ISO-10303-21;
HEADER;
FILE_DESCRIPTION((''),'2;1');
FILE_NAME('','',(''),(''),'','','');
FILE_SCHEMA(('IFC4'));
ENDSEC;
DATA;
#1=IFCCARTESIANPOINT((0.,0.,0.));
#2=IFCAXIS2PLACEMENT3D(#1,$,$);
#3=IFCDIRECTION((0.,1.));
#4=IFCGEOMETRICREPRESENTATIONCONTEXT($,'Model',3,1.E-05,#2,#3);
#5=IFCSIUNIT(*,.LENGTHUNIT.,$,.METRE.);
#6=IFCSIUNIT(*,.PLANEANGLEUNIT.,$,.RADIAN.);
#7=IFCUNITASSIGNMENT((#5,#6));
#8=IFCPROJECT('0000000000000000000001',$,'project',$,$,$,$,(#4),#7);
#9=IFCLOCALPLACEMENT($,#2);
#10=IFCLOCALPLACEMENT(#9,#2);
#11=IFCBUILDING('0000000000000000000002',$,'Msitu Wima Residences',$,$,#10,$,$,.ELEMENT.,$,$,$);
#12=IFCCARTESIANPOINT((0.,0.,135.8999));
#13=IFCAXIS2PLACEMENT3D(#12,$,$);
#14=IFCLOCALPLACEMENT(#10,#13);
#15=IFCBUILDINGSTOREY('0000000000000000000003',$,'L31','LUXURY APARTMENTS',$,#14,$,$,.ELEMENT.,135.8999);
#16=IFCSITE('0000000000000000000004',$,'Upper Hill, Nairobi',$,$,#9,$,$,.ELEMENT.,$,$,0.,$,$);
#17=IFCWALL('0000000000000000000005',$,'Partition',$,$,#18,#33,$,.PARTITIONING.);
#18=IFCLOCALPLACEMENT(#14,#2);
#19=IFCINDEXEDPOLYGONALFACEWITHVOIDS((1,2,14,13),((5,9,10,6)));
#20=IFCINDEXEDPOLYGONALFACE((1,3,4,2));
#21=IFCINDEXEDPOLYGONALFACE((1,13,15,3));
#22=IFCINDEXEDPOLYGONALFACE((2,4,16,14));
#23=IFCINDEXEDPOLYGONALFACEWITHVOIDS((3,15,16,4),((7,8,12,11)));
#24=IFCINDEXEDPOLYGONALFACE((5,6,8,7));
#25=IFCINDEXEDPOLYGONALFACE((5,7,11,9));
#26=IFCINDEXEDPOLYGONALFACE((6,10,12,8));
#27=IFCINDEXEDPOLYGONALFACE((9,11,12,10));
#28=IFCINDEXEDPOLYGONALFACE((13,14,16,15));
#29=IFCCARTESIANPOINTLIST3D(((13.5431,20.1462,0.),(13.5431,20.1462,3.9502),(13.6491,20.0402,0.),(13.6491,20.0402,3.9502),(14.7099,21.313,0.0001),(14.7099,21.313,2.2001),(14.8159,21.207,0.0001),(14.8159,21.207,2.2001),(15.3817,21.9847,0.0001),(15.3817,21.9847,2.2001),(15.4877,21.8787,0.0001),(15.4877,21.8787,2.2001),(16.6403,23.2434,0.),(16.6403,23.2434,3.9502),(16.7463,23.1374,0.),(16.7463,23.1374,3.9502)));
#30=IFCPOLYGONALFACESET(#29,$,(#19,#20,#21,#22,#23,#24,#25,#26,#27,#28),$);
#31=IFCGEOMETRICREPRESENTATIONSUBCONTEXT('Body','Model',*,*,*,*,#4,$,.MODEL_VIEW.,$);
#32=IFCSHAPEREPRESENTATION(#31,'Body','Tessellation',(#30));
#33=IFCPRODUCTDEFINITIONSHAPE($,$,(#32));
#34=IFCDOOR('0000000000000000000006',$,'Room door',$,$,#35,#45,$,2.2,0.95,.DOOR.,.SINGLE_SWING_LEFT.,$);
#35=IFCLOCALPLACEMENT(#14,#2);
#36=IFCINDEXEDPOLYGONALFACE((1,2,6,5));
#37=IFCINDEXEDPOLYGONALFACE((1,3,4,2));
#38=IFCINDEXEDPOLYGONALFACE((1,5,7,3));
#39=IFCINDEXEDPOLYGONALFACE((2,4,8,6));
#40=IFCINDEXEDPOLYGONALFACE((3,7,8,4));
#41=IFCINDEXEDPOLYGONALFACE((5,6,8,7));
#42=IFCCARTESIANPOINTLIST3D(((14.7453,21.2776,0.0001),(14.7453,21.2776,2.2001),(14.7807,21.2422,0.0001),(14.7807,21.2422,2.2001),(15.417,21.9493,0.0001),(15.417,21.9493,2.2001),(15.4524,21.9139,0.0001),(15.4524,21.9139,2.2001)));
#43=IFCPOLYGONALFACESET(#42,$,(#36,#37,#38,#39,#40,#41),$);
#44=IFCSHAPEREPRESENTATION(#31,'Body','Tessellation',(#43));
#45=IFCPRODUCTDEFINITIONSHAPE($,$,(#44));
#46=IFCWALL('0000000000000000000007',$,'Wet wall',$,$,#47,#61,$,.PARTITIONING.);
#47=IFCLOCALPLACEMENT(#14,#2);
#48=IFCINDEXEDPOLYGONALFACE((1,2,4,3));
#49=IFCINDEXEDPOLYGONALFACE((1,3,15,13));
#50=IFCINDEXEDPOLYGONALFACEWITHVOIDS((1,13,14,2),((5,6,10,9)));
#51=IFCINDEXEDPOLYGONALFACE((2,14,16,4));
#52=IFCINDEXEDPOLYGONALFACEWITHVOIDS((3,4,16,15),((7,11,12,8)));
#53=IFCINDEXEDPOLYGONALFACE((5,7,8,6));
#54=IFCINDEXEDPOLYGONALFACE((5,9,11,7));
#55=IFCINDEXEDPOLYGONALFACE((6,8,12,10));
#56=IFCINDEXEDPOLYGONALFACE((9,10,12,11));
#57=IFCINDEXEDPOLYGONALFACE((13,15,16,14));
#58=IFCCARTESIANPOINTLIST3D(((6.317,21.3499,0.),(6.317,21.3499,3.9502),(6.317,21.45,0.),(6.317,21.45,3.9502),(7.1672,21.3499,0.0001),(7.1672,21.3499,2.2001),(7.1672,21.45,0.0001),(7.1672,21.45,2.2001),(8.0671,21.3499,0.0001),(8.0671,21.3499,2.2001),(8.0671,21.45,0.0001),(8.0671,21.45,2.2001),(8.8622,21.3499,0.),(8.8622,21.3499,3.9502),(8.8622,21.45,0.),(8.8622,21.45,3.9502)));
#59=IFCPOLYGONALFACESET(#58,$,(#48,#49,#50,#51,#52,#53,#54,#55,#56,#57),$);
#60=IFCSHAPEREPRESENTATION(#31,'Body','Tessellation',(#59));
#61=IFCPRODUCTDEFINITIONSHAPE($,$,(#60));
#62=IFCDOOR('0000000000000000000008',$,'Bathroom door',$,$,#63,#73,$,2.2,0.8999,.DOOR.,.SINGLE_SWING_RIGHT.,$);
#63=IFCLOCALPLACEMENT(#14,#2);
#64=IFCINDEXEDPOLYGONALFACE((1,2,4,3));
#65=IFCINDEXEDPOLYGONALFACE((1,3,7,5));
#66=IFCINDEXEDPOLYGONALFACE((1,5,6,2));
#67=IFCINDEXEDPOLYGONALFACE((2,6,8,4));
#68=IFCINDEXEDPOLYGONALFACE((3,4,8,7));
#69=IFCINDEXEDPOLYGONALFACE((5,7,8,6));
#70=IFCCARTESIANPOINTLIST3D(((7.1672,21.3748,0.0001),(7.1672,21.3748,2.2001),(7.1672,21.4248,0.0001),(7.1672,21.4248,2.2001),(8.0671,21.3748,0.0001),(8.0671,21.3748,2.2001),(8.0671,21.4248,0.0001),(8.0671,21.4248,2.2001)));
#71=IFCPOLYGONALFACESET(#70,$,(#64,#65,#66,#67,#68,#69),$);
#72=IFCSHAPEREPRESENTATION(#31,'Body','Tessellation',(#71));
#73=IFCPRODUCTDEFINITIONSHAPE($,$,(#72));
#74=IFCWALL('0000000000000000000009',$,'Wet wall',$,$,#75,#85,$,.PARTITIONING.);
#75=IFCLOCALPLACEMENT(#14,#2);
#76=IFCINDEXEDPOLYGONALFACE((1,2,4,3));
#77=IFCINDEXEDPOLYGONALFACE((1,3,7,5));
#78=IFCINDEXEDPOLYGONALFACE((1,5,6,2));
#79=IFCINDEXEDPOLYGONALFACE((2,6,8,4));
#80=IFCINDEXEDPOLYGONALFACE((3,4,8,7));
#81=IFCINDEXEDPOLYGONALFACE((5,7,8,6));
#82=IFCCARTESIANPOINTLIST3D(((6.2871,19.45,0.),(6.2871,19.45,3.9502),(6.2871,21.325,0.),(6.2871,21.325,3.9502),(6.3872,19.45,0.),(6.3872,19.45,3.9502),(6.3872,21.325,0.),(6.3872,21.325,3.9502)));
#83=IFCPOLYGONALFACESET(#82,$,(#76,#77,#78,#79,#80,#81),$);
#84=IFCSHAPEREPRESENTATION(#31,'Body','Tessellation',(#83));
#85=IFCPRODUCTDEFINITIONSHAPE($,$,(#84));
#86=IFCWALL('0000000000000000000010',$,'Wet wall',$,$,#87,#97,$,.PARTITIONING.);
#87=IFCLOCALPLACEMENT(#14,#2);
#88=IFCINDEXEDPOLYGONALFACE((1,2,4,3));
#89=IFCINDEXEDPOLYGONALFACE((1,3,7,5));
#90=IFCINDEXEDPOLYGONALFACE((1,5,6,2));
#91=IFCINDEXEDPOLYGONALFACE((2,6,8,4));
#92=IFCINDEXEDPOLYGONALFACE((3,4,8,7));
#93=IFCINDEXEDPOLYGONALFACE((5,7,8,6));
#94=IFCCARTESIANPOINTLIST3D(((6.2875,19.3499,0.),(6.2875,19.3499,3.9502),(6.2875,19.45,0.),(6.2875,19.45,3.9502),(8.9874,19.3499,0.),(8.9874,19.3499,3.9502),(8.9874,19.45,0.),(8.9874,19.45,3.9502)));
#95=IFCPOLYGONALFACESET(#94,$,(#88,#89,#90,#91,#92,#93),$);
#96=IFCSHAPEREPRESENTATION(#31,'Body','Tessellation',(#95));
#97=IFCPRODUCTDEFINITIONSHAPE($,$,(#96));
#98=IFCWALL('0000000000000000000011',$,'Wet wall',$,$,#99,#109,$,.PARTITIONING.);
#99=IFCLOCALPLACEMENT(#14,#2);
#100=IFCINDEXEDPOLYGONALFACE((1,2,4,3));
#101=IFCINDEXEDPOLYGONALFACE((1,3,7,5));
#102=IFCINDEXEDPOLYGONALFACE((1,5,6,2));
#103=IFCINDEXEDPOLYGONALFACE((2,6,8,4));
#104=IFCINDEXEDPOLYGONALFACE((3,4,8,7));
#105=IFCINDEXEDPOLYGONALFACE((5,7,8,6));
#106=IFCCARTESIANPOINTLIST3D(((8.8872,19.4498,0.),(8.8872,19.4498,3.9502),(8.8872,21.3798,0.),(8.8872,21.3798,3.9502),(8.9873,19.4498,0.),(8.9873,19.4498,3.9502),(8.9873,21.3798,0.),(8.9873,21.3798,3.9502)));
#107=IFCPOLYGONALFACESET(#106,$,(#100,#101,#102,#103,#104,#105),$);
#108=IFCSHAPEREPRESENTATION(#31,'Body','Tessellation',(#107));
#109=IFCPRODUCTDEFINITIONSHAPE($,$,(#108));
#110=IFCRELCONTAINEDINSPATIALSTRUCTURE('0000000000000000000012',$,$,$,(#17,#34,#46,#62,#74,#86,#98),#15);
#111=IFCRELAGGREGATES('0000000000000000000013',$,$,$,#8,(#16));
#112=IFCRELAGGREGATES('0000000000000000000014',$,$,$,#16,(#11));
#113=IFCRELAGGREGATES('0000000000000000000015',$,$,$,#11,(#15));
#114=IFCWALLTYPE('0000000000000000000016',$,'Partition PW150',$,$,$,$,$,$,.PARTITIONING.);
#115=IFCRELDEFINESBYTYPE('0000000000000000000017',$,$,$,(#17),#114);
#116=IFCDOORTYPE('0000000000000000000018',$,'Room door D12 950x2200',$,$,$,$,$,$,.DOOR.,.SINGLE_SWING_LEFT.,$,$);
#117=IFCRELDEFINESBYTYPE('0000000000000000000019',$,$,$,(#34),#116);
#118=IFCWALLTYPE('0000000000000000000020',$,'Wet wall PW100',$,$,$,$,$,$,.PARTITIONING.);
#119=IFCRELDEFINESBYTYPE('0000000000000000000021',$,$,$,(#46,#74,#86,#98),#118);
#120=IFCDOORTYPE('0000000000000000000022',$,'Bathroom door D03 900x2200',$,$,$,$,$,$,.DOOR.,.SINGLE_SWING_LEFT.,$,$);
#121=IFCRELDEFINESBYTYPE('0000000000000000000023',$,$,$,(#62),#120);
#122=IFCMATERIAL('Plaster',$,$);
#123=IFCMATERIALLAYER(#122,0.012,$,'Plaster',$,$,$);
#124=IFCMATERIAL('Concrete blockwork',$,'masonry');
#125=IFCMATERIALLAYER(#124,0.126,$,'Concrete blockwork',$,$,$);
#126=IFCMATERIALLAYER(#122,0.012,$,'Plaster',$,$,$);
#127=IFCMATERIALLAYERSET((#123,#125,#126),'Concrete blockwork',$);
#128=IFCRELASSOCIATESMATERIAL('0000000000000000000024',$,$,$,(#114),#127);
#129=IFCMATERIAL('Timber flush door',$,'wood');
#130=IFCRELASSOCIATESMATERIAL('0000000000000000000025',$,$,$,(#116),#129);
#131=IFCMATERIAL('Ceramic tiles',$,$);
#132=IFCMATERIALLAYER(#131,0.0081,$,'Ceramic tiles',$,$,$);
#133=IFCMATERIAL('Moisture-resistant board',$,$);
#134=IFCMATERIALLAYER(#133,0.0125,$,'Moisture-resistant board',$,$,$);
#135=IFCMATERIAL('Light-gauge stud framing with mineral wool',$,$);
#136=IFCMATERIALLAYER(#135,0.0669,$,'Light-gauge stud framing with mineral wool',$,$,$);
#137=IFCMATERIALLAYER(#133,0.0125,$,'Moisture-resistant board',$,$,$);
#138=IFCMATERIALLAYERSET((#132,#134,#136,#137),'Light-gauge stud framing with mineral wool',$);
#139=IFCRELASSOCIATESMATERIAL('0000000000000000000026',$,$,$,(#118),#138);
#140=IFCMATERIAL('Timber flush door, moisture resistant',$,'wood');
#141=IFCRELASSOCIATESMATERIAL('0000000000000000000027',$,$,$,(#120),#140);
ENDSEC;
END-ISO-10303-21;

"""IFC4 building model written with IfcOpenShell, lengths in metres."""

from ifc_helpers import new_model, si_unit, direction, frame, frame_2d, origin, place, context, subcontext, project, spatial, rectangle, extrude, material, layer, layer_set, type_object, element, fill, save


model = new_model("IFC4")

# Units and contexts
model_context = context("Model", 3, precision=1e-05, world=origin(), true_north=direction((0.0, 1.0)))
body_context = subcontext(model_context, "Body", "Model", "MODEL_VIEW")
ifc_project = project(units=[si_unit("LENGTHUNIT", "METRE"), si_unit("PLANEANGLEUNIT", "RADIAN")], contexts=[model_context])

# Site, building, storey
site_placement = place(None, origin())
site = spatial("IfcSite", under=ifc_project, at=site_placement, Name="Upper Hill, Nairobi", CompositionType="ELEMENT", RefElevation=0.0)
building_placement = place(site_placement, origin())
building = spatial("IfcBuilding", under=site, at=building_placement, Name="Msitu Wima Residences", CompositionType="ELEMENT")
storey_placement = place(building_placement, frame((0.0, 0.0, 135.8999)))
storey = spatial("IfcBuildingStorey", under=building, at=storey_placement, Name="L31", Description="LUXURY APARTMENTS", CompositionType="ELEMENT", Elevation=135.8999)

# Shared definitions
ifc_material_1 = material(Name="Plaster")
ifc_layer_1 = layer(ifc_material_1, 0.012, Name="Plaster")
ifc_material_2 = material(Name="Concrete blockwork", Category="masonry")
ifc_layer_2 = layer(ifc_material_2, 0.126, Name="Concrete blockwork")
ifc_layer_3 = layer(ifc_material_1, 0.012, Name="Plaster")
ifc_layer_set_1 = layer_set([ifc_layer_1, ifc_layer_2, ifc_layer_3], Name="Concrete blockwork")
wall_type_1 = type_object("IfcWallType", Name="Partition PW150", PredefinedType="PARTITIONING", material=ifc_layer_set_1)
ifc_material_3 = material(Name="Timber flush door", Category="wood")
door_type_1 = type_object("IfcDoorType", Name="Room door D12 950x2200", OperationType="SINGLE_SWING_LEFT", PredefinedType="DOOR", material=ifc_material_3)

# Walls, openings, doors
wall_1_placement = place(storey_placement, frame((13.5962, 20.0933, 0.0), z_axis=(0.0, 0.0, 1.0), x_axis=(0.707107, 0.707107, 0.0)))
wall_1 = element("IfcWall", 1, at=wall_1_placement, inside=storey, type_object=wall_type_1, Name="Partition", PredefinedType="PARTITIONING", context=body_context, shape_type="SweptSolid", body=[
    extrude(rectangle(XDim=4.3801, YDim=0.1499, at=frame_2d((2.1899, 0.0))), origin(), (0.0, 0.0, 1.0), 3.9502),
])
opening_1_placement = place(wall_1_placement, frame((1.6499, 0.0, 0.0)))
opening_1 = element("IfcOpeningElement", 2, at=opening_1_placement, cuts=wall_1, PredefinedType="OPENING", context=body_context, shape_type="SweptSolid", body=[
    extrude(rectangle(XDim=0.95, YDim=2.2, at=frame_2d((0.4751, 1.1001))), frame((0.0, 0.085, 0.0), z_axis=(0.0, -1.0, 0.0), x_axis=(1.0, 0.0, 0.0)), (0.0, 0.0, 1.0), 0.1699),
])
door_1_placement = place(opening_1_placement, origin())
door_1 = element("IfcDoor", 3, at=door_1_placement, inside=storey, type_object=door_type_1, Name="Room door", OperationType="SINGLE_SWING_LEFT", OverallHeight=2.2, OverallWidth=0.95, PredefinedType="DOOR", context=body_context, shape_type="SweptSolid", body=[
    extrude(rectangle(XDim=0.95, YDim=2.2, at=frame_2d((0.4751, 1.1001))), frame((0.0, 0.0249, 0.0), z_axis=(0.0, -1.0, 0.0), x_axis=(1.0, 0.0, 0.0)), (0.0, 0.0, 1.0), 0.05),
])
fill(opening_1, door_1)
ifc_material_4 = material(Name="Ceramic tiles")
ifc_layer_4 = layer(ifc_material_4, 0.0081, Name="Ceramic tiles")
ifc_material_5 = material(Name="Moisture-resistant board")
ifc_layer_5 = layer(ifc_material_5, 0.0125, Name="Moisture-resistant board")
ifc_material_6 = material(Name="Light-gauge stud framing with mineral wool")
ifc_layer_6 = layer(ifc_material_6, 0.0669, Name="Light-gauge stud framing with mineral wool")
ifc_layer_7 = layer(ifc_material_5, 0.0125, Name="Moisture-resistant board")
ifc_layer_set_2 = layer_set([ifc_layer_4, ifc_layer_5, ifc_layer_6, ifc_layer_7], Name="Light-gauge stud framing with mineral wool")
wall_type_2 = type_object("IfcWallType", Name="Wet wall PW100", PredefinedType="PARTITIONING", material=ifc_layer_set_2)
wall_2_placement = place(storey_placement, frame((6.3171, 21.3999, 0.0), z_axis=(0.0, 0.0, 1.0), x_axis=(1.0, 0.0, 0.0)))
wall_2 = element("IfcWall", 4, at=wall_2_placement, inside=storey, type_object=wall_type_2, Name="Wet wall", PredefinedType="PARTITIONING", context=body_context, shape_type="SweptSolid", body=[
    extrude(rectangle(XDim=2.5452, YDim=0.1001, at=frame_2d((1.2725, 0.0))), origin(), (0.0, 0.0, 1.0), 3.9502),
])
opening_2_placement = place(wall_2_placement, frame((0.8501, 0.0, 0.0)))
opening_2 = element("IfcOpeningElement", 5, at=opening_2_placement, cuts=wall_2, PredefinedType="OPENING", context=body_context, shape_type="SweptSolid", body=[
    extrude(rectangle(XDim=0.8999, YDim=2.2, at=frame_2d((0.45, 1.1001))), frame((0.0, 0.0601, 0.0), z_axis=(0.0, -1.0, 0.0), x_axis=(1.0, 0.0, 0.0)), (0.0, 0.0, 1.0), 0.1201),
])
ifc_material_7 = material(Name="Timber flush door, moisture resistant", Category="wood")
door_type_2 = type_object("IfcDoorType", Name="Bathroom door D03 900x2200", OperationType="SINGLE_SWING_LEFT", PredefinedType="DOOR", material=ifc_material_7)
door_2_placement = place(opening_2_placement, origin())
door_2 = element("IfcDoor", 6, at=door_2_placement, inside=storey, type_object=door_type_2, Name="Bathroom door", OperationType="SINGLE_SWING_RIGHT", OverallHeight=2.2, OverallWidth=0.8999, PredefinedType="DOOR", context=body_context, shape_type="SweptSolid", body=[
    extrude(rectangle(XDim=0.8999, YDim=2.2, at=frame_2d((0.45, 1.1001))), frame((0.0, 0.0249, 0.0), z_axis=(0.0, -1.0, 0.0), x_axis=(1.0, 0.0, 0.0)), (0.0, 0.0, 1.0), 0.05),
])
fill(opening_2, door_2)

# Walls
wall_3_placement = place(storey_placement, frame((6.3372, 19.45, 0.0), z_axis=(0.0, 0.0, 1.0), x_axis=(0.0, 1.0, 0.0)))
element("IfcWall", 7, at=wall_3_placement, inside=storey, type_object=wall_type_2, Name="Wet wall", PredefinedType="PARTITIONING", context=body_context, shape_type="SweptSolid", body=[
    extrude(rectangle(XDim=1.875, YDim=0.1001, at=frame_2d((0.9375, 0.0))), origin(), (0.0, 0.0, 1.0), 3.9502),
])
wall_4_placement = place(storey_placement, frame((6.2874, 19.3999, 0.0), z_axis=(0.0, 0.0, 1.0), x_axis=(1.0, 0.0, 0.0)))
element("IfcWall", 8, at=wall_4_placement, inside=storey, type_object=wall_type_2, Name="Wet wall", PredefinedType="PARTITIONING", context=body_context, shape_type="SweptSolid", body=[
    extrude(rectangle(XDim=2.7, YDim=0.1001, at=frame_2d((1.3501, 0.0))), origin(), (0.0, 0.0, 1.0), 3.9502),
])
wall_5_placement = place(storey_placement, frame((8.9373, 19.45, 0.0), z_axis=(0.0, 0.0, 1.0), x_axis=(0.0, 1.0, 0.0)))
element("IfcWall", 9, at=wall_5_placement, inside=storey, type_object=wall_type_2, Name="Wet wall", PredefinedType="PARTITIONING", context=body_context, shape_type="SweptSolid", body=[
    extrude(rectangle(XDim=1.9299, YDim=0.1001, at=frame_2d((0.9648, 0.0))), origin(), (0.0, 0.0, 1.0), 3.9502),
])

save(model, "model.ifc")
